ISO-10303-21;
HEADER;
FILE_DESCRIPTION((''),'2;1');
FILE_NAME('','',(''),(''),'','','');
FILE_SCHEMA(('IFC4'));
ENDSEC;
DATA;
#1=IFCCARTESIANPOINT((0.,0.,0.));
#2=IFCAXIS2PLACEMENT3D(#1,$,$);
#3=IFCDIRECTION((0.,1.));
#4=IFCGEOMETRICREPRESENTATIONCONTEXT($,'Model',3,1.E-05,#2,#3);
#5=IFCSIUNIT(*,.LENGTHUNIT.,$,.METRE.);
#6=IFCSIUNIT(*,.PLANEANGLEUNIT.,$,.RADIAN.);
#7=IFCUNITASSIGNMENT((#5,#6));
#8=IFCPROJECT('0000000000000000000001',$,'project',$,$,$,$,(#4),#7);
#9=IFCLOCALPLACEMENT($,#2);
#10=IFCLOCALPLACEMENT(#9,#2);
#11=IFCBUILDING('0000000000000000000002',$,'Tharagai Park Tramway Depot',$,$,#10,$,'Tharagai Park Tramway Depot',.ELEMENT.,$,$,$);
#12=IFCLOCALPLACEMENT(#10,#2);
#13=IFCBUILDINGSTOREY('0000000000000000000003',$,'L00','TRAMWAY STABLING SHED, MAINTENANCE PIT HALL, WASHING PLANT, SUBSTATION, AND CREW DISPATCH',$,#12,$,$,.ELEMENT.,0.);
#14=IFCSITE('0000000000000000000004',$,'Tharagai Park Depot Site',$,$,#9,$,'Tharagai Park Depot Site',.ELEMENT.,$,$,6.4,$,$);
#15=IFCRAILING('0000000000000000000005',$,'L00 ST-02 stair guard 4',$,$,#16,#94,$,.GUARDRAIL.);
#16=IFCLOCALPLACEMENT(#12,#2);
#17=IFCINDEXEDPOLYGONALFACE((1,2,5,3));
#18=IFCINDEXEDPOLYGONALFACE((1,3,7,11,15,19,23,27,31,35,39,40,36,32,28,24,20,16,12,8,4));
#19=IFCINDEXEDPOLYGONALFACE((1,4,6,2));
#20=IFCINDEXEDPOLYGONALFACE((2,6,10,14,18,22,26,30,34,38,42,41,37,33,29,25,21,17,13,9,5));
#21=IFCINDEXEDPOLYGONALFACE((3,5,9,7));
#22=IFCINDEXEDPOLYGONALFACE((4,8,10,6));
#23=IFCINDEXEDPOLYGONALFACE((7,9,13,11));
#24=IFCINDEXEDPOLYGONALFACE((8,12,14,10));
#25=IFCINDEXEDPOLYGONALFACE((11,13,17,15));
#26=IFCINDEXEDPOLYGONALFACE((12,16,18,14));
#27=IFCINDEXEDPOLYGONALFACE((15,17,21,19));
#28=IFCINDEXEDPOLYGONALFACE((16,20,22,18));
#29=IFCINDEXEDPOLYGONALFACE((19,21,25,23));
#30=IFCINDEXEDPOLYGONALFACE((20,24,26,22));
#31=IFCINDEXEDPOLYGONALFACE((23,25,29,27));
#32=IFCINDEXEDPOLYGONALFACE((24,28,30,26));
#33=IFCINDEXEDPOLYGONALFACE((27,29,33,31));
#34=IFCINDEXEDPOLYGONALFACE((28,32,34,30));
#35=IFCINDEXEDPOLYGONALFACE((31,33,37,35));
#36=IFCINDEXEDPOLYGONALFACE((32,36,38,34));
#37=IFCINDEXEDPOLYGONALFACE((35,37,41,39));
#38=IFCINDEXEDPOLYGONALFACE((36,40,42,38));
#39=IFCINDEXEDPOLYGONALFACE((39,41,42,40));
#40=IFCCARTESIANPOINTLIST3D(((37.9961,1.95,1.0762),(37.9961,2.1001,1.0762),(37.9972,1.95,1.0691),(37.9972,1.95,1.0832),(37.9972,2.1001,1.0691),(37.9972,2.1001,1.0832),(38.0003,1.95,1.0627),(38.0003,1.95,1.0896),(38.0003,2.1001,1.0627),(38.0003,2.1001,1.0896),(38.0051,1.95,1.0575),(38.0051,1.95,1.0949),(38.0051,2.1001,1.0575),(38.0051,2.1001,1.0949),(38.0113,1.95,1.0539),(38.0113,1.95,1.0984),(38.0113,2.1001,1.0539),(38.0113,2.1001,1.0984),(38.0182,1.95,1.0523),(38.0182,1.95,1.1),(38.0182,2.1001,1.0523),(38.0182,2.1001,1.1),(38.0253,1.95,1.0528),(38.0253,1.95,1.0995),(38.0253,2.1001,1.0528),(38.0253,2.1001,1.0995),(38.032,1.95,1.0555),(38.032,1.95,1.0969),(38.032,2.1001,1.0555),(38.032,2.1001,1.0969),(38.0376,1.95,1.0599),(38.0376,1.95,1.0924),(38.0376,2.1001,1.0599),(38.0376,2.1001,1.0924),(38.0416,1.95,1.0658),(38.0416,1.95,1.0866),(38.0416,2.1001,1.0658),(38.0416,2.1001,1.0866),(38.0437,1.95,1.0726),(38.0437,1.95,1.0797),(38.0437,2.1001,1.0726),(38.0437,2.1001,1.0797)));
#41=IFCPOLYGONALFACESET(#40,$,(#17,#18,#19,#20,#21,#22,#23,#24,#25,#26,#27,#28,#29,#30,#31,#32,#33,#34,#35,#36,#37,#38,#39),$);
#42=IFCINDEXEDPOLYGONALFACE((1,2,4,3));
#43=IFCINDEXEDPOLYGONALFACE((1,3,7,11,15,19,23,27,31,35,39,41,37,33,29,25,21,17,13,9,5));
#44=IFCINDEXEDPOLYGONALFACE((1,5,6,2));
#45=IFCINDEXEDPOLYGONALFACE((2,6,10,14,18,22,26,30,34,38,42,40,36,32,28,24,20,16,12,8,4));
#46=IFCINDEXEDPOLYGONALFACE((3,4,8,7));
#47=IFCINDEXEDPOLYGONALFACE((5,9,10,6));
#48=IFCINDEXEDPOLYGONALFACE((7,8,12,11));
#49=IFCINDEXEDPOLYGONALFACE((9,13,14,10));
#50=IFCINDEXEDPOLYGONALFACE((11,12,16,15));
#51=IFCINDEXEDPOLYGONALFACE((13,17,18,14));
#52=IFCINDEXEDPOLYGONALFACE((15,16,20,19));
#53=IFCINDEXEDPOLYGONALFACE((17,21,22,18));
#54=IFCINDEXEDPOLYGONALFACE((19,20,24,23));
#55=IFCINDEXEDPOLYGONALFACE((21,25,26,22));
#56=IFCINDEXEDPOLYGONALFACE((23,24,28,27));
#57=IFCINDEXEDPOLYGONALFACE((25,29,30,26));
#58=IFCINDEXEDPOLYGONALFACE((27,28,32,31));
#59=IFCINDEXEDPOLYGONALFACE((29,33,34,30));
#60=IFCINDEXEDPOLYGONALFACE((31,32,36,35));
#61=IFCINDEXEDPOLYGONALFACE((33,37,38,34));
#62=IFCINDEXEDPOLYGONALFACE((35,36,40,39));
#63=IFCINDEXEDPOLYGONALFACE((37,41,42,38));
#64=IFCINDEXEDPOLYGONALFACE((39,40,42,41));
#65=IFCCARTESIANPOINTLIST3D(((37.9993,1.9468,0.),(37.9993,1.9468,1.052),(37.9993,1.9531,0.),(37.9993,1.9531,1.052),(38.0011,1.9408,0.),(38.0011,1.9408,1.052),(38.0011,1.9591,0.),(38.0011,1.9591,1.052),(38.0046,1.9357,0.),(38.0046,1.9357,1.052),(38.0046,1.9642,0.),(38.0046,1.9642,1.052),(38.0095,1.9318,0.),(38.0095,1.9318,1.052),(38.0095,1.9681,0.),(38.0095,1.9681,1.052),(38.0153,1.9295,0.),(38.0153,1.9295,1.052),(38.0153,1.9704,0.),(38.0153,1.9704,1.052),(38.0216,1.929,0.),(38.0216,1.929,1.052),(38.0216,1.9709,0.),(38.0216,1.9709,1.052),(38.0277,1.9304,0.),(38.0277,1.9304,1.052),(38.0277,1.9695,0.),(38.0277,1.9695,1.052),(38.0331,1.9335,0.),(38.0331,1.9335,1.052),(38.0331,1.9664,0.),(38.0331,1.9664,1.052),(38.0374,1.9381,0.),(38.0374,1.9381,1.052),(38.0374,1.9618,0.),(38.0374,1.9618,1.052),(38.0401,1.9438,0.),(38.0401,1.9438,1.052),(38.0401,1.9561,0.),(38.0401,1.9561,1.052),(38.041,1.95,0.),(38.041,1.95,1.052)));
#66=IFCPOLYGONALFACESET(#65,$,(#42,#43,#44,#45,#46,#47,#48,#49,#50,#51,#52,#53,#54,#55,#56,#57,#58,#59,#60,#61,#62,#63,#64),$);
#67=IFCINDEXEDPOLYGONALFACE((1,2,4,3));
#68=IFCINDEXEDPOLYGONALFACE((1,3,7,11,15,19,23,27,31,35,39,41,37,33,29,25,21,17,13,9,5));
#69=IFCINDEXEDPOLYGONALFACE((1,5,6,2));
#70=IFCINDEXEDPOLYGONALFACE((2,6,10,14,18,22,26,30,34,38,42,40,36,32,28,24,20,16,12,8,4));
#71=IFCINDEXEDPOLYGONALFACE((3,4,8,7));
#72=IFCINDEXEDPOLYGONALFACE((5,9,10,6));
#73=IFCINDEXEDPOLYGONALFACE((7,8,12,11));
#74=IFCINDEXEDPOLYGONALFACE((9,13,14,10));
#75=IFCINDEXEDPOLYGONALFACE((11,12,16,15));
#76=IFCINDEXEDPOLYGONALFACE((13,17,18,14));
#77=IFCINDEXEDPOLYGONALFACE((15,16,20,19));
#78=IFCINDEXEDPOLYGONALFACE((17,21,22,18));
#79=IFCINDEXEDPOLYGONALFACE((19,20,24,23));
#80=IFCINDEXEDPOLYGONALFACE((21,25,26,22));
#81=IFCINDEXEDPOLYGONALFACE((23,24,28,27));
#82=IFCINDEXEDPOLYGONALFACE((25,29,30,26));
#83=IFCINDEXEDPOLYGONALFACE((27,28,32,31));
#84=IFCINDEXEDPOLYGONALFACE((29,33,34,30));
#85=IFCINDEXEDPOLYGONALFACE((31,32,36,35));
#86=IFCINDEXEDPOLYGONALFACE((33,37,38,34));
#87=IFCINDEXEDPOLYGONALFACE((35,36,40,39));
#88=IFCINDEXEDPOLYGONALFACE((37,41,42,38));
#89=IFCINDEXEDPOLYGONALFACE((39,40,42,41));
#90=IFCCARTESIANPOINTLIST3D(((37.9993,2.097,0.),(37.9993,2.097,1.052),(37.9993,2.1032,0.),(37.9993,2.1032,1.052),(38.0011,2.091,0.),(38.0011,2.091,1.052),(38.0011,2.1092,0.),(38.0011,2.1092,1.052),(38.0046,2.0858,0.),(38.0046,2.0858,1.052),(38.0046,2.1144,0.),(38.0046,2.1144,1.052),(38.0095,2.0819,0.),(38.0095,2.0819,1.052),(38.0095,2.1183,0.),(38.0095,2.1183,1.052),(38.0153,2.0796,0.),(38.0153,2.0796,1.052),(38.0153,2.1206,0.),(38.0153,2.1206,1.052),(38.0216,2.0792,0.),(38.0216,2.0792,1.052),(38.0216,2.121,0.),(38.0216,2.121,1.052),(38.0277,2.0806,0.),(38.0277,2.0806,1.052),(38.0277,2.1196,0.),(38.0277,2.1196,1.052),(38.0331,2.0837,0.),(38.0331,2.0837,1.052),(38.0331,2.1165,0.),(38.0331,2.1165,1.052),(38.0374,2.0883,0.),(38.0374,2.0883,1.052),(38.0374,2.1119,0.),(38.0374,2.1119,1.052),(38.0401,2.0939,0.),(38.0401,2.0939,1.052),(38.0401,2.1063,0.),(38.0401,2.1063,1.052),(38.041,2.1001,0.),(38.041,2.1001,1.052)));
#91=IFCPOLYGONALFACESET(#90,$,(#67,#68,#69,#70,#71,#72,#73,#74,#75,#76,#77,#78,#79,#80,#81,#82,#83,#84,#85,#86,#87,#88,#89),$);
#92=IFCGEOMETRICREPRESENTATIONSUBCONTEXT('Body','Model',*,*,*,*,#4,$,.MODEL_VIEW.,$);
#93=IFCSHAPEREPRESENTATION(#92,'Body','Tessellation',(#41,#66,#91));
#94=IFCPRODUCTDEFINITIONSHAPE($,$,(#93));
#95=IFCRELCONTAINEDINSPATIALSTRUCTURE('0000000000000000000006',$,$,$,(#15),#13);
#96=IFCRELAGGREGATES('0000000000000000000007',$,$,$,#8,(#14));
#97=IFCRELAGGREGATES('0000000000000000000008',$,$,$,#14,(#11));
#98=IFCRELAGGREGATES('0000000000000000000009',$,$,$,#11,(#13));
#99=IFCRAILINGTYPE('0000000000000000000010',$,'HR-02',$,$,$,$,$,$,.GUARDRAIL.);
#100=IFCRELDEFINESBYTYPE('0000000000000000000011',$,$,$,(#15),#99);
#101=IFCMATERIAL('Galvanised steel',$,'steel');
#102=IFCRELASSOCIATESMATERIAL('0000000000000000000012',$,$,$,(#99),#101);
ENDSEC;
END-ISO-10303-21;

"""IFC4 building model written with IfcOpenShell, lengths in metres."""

from ifc_helpers import new_model, si_unit, direction, frame, origin, origin_2d, place, context, subcontext, project, spatial, circle, extrude, material, type_object, element, save


model = new_model("IFC4")

# Units and contexts
model_context = context("Model", 3, precision=1e-05, world=origin(), true_north=direction((0.0, 1.0)))
body_context = subcontext(model_context, "Body", "Model", "MODEL_VIEW")
ifc_project = project(units=[si_unit("LENGTHUNIT", "METRE"), si_unit("PLANEANGLEUNIT", "RADIAN")], contexts=[model_context])

# Site, building, storey
site_placement = place(None, origin())
site = spatial("IfcSite", under=ifc_project, at=site_placement, Name="Tharagai Park Depot Site", LongName="Tharagai Park Depot Site", CompositionType="ELEMENT", RefElevation=6.4)
building_placement = place(site_placement, origin())
building = spatial("IfcBuilding", under=site, at=building_placement, Name="Tharagai Park Tramway Depot", LongName="Tharagai Park Tramway Depot", CompositionType="ELEMENT")
storey_placement = place(building_placement, origin())
storey = spatial("IfcBuildingStorey", under=building, at=storey_placement, Name="L00", Description="TRAMWAY STABLING SHED, MAINTENANCE PIT HALL, WASHING PLANT, SUBSTATION, AND CREW DISPATCH", CompositionType="ELEMENT", Elevation=0.0)

# Railing
ifc_material_1 = material(Name="Galvanised steel", Category="steel")
railing_type_1 = type_object("IfcRailingType", Name="HR-02", PredefinedType="GUARDRAIL", material=ifc_material_1)
railing_1_placement = place(storey_placement, frame((38.02, 1.95, 0.0)))
element("IfcRailing", 1, at=railing_1_placement, inside=storey, type_object=railing_type_1, Name="L00 ST-02 stair guard 4", PredefinedType="GUARDRAIL", context=body_context, shape_type="SweptSolid", body=[
    extrude(circle(Radius=0.0239, at=origin_2d()), frame((0.0, 0.0, 1.0762), z_axis=(0.0, 1.0, 0.0), x_axis=(-1.0, 0.0, 0.0)), (0.0, 0.0, 1.0), 0.1501),
    extrude(circle(Radius=0.021, at=origin_2d()), origin(), (0.0, 0.0, 1.0), 1.052),
    extrude(circle(Radius=0.021, at=origin_2d()), frame((0.0, 0.1501, 0.0)), (0.0, 0.0, 1.0), 1.052),
])

save(model, "model.ifc")
